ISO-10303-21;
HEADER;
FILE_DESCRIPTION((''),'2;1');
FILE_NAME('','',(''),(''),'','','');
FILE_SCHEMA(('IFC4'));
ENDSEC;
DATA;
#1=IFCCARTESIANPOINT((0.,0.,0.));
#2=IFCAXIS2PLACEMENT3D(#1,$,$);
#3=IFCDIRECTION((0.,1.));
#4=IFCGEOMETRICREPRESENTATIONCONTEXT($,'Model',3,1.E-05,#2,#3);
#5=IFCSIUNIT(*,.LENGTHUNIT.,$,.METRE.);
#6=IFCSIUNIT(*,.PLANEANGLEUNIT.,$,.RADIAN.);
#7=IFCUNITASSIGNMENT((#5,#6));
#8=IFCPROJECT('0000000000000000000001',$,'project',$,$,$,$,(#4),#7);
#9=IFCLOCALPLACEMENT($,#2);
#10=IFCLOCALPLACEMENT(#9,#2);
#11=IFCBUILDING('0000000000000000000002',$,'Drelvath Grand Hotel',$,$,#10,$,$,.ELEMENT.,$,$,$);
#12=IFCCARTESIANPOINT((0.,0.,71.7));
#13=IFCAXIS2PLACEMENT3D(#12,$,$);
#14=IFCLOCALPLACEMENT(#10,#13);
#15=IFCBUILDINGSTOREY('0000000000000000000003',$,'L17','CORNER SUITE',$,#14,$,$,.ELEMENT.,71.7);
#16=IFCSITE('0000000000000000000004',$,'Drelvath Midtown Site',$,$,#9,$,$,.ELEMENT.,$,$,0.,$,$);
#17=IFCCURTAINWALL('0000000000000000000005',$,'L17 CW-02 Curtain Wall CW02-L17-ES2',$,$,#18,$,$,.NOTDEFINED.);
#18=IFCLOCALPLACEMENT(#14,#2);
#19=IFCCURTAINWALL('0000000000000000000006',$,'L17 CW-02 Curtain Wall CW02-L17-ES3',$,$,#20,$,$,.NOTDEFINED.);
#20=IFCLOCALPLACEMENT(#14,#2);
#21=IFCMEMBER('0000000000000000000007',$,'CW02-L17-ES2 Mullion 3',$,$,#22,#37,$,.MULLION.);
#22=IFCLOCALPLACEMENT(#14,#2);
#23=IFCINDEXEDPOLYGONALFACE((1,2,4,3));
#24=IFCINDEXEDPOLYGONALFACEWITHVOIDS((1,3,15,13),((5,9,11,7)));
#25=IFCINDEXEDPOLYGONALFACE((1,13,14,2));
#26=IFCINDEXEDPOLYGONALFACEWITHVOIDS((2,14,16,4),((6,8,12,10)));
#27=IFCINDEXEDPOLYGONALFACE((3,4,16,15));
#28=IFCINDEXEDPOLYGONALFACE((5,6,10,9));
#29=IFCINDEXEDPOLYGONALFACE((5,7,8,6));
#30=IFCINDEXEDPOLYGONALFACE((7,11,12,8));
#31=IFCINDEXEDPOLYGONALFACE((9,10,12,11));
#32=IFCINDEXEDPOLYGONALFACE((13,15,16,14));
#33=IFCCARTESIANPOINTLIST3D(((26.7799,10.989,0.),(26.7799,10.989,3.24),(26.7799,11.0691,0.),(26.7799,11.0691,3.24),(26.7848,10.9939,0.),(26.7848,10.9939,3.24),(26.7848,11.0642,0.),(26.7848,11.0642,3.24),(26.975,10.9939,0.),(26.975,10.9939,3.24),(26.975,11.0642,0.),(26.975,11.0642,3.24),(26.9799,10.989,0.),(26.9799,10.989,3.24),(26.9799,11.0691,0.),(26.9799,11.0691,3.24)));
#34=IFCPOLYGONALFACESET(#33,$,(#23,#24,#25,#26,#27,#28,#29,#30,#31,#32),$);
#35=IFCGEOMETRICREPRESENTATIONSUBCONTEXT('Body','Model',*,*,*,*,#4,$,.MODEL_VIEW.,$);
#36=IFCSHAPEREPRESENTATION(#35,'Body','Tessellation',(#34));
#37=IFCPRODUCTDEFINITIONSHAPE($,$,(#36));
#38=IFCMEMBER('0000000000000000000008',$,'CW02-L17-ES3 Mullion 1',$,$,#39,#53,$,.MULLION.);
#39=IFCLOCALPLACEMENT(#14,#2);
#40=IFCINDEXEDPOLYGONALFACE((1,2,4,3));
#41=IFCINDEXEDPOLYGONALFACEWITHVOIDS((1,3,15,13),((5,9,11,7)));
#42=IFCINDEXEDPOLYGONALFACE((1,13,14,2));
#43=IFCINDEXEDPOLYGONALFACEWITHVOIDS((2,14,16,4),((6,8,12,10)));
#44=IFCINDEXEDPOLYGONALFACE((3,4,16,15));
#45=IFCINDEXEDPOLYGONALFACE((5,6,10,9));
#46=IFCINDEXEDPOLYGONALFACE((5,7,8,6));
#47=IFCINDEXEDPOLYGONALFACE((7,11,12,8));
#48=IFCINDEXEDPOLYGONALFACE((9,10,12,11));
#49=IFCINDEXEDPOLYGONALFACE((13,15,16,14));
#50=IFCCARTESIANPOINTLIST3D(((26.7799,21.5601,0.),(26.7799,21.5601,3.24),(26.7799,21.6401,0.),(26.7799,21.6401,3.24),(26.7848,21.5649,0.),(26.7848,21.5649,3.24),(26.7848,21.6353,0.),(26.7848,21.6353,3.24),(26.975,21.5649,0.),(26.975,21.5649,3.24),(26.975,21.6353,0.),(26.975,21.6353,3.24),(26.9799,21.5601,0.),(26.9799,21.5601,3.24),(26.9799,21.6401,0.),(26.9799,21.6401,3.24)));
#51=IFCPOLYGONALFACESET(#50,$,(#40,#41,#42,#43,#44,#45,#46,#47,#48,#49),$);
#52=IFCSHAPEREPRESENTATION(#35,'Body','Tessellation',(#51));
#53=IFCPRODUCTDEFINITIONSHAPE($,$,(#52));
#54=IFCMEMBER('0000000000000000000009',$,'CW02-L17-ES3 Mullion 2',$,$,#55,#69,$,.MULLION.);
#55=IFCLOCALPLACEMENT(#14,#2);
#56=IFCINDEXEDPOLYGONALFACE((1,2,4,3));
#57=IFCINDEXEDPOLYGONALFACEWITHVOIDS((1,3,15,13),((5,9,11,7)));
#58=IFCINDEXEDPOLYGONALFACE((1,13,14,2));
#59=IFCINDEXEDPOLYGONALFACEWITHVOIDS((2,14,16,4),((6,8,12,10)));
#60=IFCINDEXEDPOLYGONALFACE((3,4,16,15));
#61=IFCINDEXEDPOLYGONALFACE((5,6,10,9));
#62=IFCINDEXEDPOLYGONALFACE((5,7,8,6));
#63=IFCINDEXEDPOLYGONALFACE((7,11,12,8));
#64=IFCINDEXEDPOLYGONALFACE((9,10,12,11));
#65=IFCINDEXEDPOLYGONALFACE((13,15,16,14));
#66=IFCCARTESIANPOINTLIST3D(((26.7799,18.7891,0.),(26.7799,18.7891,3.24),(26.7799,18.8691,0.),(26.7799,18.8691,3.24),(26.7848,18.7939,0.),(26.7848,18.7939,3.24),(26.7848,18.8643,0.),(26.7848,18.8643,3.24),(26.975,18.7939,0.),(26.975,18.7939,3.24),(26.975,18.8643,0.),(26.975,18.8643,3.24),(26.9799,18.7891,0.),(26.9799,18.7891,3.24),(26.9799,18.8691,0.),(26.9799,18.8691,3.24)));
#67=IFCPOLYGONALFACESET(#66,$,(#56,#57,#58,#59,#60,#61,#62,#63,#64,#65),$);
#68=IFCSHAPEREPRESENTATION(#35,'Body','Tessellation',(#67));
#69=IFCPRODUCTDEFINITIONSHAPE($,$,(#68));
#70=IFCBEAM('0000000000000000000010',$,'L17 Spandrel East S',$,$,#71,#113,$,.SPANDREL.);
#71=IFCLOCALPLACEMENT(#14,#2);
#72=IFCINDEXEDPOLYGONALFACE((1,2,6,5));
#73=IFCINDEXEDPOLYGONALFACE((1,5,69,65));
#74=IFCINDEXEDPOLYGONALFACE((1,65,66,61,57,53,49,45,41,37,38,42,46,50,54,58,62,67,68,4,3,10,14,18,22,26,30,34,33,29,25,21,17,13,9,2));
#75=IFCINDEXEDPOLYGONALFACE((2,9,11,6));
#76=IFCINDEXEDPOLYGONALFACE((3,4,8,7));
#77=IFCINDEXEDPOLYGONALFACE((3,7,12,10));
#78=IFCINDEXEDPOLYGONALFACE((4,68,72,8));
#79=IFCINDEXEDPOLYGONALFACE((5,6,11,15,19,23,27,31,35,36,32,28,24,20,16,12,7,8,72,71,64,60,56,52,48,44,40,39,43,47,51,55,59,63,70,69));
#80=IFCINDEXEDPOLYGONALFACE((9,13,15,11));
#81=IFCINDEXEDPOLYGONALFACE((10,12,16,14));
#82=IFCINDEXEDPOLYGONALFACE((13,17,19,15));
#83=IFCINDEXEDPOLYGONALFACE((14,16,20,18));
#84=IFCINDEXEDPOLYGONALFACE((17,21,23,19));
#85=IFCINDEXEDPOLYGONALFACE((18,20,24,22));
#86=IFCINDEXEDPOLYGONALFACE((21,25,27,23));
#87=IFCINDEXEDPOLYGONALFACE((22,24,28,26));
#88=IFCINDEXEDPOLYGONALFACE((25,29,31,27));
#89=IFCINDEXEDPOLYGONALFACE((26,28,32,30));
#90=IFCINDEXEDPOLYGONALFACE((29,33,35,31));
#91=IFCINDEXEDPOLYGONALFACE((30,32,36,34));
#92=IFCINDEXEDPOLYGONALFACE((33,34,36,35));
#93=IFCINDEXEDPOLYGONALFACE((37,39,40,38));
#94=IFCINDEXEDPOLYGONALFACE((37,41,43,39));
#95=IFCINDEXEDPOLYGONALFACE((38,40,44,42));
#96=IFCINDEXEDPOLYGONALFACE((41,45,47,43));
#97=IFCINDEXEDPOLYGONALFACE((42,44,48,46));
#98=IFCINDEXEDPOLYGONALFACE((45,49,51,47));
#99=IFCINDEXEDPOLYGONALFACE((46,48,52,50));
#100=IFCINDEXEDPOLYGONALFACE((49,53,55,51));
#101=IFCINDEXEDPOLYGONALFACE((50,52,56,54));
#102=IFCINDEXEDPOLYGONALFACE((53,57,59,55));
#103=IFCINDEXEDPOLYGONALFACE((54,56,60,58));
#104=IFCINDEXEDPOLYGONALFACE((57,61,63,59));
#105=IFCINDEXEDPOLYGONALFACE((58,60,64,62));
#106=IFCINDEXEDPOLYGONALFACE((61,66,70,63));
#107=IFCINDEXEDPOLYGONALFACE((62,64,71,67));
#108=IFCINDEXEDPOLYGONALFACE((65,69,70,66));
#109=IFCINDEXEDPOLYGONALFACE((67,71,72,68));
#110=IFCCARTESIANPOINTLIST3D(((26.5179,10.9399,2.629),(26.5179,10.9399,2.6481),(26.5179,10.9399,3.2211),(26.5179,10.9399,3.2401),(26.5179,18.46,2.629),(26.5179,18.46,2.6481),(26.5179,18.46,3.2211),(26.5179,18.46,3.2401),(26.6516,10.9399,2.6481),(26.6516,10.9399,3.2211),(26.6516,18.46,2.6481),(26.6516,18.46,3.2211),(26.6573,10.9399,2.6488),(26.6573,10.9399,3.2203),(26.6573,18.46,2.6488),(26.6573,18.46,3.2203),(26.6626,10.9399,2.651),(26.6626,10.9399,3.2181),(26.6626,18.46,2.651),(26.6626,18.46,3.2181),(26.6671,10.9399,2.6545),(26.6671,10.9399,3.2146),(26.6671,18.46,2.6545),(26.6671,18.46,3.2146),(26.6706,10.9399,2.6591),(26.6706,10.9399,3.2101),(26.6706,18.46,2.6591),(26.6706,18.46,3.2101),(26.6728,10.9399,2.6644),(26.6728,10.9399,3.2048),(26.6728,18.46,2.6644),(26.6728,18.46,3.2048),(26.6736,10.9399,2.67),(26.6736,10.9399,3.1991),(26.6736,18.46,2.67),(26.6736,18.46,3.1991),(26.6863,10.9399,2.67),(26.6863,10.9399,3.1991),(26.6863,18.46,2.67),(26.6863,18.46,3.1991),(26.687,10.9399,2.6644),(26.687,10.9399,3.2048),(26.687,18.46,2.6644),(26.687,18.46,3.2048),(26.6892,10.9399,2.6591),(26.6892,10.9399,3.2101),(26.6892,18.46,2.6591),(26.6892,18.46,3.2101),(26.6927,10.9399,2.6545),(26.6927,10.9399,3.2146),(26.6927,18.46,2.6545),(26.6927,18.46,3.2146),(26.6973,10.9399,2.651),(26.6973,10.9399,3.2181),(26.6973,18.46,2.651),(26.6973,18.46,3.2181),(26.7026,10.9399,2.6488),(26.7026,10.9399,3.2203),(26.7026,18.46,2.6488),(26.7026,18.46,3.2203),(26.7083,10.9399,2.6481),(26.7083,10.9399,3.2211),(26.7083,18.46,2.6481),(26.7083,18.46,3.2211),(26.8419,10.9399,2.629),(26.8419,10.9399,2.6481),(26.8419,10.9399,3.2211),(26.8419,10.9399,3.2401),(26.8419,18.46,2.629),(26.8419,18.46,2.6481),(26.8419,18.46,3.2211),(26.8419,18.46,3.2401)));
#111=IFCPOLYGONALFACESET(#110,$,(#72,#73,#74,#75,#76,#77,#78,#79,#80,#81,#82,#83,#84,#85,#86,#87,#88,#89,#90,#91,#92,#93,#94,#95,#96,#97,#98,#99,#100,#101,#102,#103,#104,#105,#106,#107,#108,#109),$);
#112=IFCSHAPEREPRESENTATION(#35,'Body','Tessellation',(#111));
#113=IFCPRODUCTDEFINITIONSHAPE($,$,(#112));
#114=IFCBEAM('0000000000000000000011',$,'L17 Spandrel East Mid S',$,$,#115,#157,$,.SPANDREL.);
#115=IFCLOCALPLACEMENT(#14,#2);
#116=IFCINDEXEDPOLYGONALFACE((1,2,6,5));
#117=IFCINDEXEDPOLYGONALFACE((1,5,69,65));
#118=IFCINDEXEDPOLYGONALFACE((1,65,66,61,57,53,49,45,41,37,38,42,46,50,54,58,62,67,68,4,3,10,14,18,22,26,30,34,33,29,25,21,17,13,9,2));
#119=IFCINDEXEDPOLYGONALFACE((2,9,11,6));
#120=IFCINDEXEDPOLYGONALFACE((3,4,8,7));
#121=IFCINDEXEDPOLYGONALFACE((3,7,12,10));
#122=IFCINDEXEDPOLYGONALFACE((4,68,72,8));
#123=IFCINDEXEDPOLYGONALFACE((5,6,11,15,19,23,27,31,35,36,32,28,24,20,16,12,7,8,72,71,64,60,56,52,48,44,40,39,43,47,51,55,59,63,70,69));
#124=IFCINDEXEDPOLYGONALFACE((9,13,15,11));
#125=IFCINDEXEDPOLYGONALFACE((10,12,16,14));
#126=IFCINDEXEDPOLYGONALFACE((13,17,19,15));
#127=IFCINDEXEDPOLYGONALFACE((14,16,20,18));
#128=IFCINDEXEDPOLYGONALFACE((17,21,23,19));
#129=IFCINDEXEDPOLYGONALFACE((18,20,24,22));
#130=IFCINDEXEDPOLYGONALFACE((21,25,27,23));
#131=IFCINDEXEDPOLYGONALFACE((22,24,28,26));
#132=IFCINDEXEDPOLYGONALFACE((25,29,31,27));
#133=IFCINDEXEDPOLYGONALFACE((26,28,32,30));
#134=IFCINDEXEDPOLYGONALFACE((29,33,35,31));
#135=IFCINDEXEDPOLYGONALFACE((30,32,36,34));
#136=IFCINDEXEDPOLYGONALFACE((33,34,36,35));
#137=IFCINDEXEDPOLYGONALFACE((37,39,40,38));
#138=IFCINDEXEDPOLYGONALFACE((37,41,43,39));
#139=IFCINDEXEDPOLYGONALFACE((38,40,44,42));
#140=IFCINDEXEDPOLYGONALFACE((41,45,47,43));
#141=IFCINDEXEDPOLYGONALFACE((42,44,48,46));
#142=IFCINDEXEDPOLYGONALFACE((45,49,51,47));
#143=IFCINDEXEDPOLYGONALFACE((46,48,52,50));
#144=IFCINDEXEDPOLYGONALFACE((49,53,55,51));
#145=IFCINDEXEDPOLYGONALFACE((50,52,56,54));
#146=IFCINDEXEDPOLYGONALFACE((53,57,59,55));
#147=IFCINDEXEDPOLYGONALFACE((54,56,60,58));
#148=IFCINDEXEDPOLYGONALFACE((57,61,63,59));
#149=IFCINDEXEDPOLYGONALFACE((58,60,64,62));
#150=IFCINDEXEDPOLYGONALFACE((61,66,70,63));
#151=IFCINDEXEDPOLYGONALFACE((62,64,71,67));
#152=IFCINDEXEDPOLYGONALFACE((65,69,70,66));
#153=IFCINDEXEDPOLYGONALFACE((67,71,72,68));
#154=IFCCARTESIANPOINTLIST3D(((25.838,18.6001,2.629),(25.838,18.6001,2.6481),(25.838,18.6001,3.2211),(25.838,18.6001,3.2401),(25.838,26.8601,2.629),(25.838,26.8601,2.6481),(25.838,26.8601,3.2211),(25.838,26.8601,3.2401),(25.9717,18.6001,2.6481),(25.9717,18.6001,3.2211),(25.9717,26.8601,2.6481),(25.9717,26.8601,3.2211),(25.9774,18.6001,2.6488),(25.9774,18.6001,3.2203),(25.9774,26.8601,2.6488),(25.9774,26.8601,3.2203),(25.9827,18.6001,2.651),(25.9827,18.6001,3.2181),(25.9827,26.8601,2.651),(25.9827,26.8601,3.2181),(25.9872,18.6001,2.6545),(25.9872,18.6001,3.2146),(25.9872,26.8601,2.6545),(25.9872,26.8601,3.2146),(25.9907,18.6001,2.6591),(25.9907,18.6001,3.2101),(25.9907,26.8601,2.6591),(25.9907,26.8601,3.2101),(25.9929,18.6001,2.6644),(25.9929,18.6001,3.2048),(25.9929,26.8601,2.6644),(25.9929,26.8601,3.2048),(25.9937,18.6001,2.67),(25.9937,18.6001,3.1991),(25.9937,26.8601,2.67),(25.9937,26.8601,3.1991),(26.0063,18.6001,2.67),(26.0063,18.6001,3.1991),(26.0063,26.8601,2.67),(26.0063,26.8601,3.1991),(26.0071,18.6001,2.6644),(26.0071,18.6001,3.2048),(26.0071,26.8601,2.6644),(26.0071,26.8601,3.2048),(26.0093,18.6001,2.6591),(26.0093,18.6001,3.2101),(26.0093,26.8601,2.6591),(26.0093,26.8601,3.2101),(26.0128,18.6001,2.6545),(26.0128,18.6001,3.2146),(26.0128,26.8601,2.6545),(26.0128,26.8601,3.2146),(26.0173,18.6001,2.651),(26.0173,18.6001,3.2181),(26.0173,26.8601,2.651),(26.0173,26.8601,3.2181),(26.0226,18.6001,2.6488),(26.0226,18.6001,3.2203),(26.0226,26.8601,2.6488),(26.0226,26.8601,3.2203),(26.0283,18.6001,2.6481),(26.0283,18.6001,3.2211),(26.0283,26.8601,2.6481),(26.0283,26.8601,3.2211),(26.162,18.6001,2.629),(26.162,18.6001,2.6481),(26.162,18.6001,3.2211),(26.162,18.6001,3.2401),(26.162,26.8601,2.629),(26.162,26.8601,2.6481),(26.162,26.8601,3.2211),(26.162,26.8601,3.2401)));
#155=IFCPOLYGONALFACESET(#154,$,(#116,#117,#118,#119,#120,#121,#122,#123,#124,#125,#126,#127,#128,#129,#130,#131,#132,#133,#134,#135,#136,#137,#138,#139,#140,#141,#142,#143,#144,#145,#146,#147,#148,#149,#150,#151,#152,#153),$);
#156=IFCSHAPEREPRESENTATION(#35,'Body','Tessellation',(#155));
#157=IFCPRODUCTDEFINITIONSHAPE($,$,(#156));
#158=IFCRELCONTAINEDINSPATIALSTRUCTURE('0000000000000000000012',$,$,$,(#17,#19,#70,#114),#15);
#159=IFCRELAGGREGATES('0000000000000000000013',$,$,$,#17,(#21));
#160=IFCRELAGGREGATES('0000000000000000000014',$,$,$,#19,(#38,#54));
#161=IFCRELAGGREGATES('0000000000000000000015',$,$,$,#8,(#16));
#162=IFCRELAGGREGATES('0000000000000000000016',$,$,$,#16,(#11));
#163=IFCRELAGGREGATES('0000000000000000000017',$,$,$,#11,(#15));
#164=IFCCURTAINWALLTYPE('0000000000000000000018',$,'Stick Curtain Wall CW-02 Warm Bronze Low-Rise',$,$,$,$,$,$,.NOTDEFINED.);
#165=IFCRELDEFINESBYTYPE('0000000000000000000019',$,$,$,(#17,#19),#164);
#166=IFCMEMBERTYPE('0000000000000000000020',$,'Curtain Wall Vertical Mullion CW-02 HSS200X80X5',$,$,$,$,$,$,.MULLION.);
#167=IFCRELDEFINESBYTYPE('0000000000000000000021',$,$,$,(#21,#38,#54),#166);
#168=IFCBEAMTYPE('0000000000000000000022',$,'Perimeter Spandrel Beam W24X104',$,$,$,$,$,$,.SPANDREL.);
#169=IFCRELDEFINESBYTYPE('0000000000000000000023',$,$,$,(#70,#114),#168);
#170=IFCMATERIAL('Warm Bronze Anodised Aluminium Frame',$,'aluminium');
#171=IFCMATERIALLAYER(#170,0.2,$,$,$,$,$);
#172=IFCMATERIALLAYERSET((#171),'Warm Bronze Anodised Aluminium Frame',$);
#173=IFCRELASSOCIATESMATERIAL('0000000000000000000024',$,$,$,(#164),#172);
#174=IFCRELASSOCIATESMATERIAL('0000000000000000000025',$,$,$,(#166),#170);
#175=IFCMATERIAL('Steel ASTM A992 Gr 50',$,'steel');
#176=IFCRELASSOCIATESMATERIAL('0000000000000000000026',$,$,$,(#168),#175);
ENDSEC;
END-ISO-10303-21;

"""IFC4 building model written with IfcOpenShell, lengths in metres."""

from ifc_helpers import new_model, si_unit, direction, frame, origin, origin_2d, place, context, subcontext, project, spatial, hollow_rectangle, i_section, extrude, material, layer, layer_set, material_profile, profile_set, type_object, element, aggregate, save


model = new_model("IFC4")

# Units and contexts
model_context = context("Model", 3, precision=1e-05, world=origin(), true_north=direction((0.0, 1.0)))
body_context = subcontext(model_context, "Body", "Model", "MODEL_VIEW")
ifc_project = project(units=[si_unit("LENGTHUNIT", "METRE"), si_unit("PLANEANGLEUNIT", "RADIAN")], contexts=[model_context])

# Site, building, storey
site_placement = place(None, origin())
site = spatial("IfcSite", under=ifc_project, at=site_placement, Name="Drelvath Midtown Site", CompositionType="ELEMENT", RefElevation=0.0)
building_placement = place(site_placement, origin())
building = spatial("IfcBuilding", under=site, at=building_placement, Name="Drelvath Grand Hotel", CompositionType="ELEMENT")
storey_placement = place(building_placement, frame((0.0, 0.0, 71.7)))
storey = spatial("IfcBuildingStorey", under=building, at=storey_placement, Name="L17", Description="CORNER SUITE", CompositionType="ELEMENT", Elevation=71.7)

# Curtain walls
ifc_material_1 = material(Name="Warm Bronze Anodised Aluminium Frame", Category="aluminium")
ifc_layer_1 = layer(ifc_material_1, 0.2)
ifc_layer_set_1 = layer_set([ifc_layer_1], Name="Warm Bronze Anodised Aluminium Frame")
curtain_wall_type = type_object("IfcCurtainWallType", Name="Stick Curtain Wall CW-02 Warm Bronze Low-Rise", PredefinedType="NOTDEFINED", material=ifc_layer_set_1)
curtain_wall_1_placement = place(storey_placement, origin())
curtain_wall_1 = element("IfcCurtainWall", 1, at=curtain_wall_1_placement, inside=storey, type_object=curtain_wall_type, Name="L17 CW-02 Curtain Wall CW02-L17-ES2", PredefinedType="NOTDEFINED")
curtain_wall_2_placement = place(storey_placement, origin())
curtain_wall_2 = element("IfcCurtainWall", 2, at=curtain_wall_2_placement, inside=storey, type_object=curtain_wall_type, Name="L17 CW-02 Curtain Wall CW02-L17-ES3", PredefinedType="NOTDEFINED")
ifc_material_profile_1 = material_profile(ifc_material_1, hollow_rectangle(XDim=0.0801, YDim=0.2, WallThickness=0.0049, at=origin_2d()), Name="HSS200X80X5")
ifc_profile_set_1 = profile_set([ifc_material_profile_1], Name="Warm Bronze Anodised Aluminium Frame")
member_type_1 = type_object("IfcMemberType", Name="Curtain Wall Vertical Mullion CW-02 HSS200X80X5", PredefinedType="MULLION", material=ifc_profile_set_1)

# Members
member_1_placement = place(storey_placement, frame((26.8799, 11.0291, 0.0), z_axis=(0.0, 0.0, 1.0), x_axis=(0.0, 1.0, 0.0)))
member_1 = element("IfcMember", 3, at=member_1_placement, type_object=member_type_1, Name="CW02-L17-ES2 Mullion 3", PredefinedType="MULLION", context=body_context, shape_type="SweptSolid", body=[
    extrude(hollow_rectangle(XDim=0.0801, YDim=0.2, WallThickness=0.0049, at=origin_2d()), origin(), (0.0, 0.0, 1.0), 3.24),
])
member_2_placement = place(storey_placement, frame((26.8799, 21.6001, 0.0), z_axis=(0.0, 0.0, 1.0), x_axis=(0.0, 1.0, 0.0)))
member_2 = element("IfcMember", 4, at=member_2_placement, type_object=member_type_1, Name="CW02-L17-ES3 Mullion 1", PredefinedType="MULLION", context=body_context, shape_type="SweptSolid", body=[
    extrude(hollow_rectangle(XDim=0.0801, YDim=0.2, WallThickness=0.0049, at=origin_2d()), origin(), (0.0, 0.0, 1.0), 3.24),
])
member_3_placement = place(storey_placement, frame((26.8799, 18.8291, 0.0), z_axis=(0.0, 0.0, 1.0), x_axis=(0.0, 1.0, 0.0)))
member_3 = element("IfcMember", 5, at=member_3_placement, type_object=member_type_1, Name="CW02-L17-ES3 Mullion 2", PredefinedType="MULLION", context=body_context, shape_type="SweptSolid", body=[
    extrude(hollow_rectangle(XDim=0.0801, YDim=0.2, WallThickness=0.0049, at=origin_2d()), origin(), (0.0, 0.0, 1.0), 3.24),
])

# Beams
ifc_material_2 = material(Name="Steel ASTM A992 Gr 50", Category="steel")
ifc_material_profile_2 = material_profile(ifc_material_2, i_section(OverallWidth=0.324, OverallDepth=0.6111, WebThickness=0.0127, FlangeThickness=0.019, FilletRadius=0.022, at=origin_2d()), Name="W24X104")
ifc_profile_set_2 = profile_set([ifc_material_profile_2], Name="Steel ASTM A992 Gr 50")
beam_type_1 = type_object("IfcBeamType", Name="Perimeter Spandrel Beam W24X104", PredefinedType="SPANDREL", material=ifc_profile_set_2)
beam_1_placement = place(storey_placement, frame((26.6799, 10.9399, 2.9346), z_axis=(0.0, 1.0, 0.0), x_axis=(-1.0, 0.0, 0.0)))
element("IfcBeam", 6, at=beam_1_placement, inside=storey, type_object=beam_type_1, Name="L17 Spandrel East S", PredefinedType="SPANDREL", context=body_context, shape_type="SweptSolid", body=[
    extrude(i_section(OverallWidth=0.324, OverallDepth=0.6111, WebThickness=0.0127, FlangeThickness=0.019, FilletRadius=0.022, at=origin_2d()), origin(), (0.0, 0.0, 1.0), 7.52),
])
beam_2_placement = place(storey_placement, frame((26.0, 18.6001, 2.9346), z_axis=(0.0, 1.0, 0.0), x_axis=(-1.0, 0.0, 0.0)))
element("IfcBeam", 7, at=beam_2_placement, inside=storey, type_object=beam_type_1, Name="L17 Spandrel East Mid S", PredefinedType="SPANDREL", context=body_context, shape_type="SweptSolid", body=[
    extrude(i_section(OverallWidth=0.324, OverallDepth=0.6111, WebThickness=0.0127, FlangeThickness=0.019, FilletRadius=0.022, at=origin_2d()), origin(), (0.0, 0.0, 1.0), 8.26),
])

aggregate(curtain_wall_1, [member_1])
aggregate(curtain_wall_2, [member_2, member_3])

save(model, "model.ifc")
